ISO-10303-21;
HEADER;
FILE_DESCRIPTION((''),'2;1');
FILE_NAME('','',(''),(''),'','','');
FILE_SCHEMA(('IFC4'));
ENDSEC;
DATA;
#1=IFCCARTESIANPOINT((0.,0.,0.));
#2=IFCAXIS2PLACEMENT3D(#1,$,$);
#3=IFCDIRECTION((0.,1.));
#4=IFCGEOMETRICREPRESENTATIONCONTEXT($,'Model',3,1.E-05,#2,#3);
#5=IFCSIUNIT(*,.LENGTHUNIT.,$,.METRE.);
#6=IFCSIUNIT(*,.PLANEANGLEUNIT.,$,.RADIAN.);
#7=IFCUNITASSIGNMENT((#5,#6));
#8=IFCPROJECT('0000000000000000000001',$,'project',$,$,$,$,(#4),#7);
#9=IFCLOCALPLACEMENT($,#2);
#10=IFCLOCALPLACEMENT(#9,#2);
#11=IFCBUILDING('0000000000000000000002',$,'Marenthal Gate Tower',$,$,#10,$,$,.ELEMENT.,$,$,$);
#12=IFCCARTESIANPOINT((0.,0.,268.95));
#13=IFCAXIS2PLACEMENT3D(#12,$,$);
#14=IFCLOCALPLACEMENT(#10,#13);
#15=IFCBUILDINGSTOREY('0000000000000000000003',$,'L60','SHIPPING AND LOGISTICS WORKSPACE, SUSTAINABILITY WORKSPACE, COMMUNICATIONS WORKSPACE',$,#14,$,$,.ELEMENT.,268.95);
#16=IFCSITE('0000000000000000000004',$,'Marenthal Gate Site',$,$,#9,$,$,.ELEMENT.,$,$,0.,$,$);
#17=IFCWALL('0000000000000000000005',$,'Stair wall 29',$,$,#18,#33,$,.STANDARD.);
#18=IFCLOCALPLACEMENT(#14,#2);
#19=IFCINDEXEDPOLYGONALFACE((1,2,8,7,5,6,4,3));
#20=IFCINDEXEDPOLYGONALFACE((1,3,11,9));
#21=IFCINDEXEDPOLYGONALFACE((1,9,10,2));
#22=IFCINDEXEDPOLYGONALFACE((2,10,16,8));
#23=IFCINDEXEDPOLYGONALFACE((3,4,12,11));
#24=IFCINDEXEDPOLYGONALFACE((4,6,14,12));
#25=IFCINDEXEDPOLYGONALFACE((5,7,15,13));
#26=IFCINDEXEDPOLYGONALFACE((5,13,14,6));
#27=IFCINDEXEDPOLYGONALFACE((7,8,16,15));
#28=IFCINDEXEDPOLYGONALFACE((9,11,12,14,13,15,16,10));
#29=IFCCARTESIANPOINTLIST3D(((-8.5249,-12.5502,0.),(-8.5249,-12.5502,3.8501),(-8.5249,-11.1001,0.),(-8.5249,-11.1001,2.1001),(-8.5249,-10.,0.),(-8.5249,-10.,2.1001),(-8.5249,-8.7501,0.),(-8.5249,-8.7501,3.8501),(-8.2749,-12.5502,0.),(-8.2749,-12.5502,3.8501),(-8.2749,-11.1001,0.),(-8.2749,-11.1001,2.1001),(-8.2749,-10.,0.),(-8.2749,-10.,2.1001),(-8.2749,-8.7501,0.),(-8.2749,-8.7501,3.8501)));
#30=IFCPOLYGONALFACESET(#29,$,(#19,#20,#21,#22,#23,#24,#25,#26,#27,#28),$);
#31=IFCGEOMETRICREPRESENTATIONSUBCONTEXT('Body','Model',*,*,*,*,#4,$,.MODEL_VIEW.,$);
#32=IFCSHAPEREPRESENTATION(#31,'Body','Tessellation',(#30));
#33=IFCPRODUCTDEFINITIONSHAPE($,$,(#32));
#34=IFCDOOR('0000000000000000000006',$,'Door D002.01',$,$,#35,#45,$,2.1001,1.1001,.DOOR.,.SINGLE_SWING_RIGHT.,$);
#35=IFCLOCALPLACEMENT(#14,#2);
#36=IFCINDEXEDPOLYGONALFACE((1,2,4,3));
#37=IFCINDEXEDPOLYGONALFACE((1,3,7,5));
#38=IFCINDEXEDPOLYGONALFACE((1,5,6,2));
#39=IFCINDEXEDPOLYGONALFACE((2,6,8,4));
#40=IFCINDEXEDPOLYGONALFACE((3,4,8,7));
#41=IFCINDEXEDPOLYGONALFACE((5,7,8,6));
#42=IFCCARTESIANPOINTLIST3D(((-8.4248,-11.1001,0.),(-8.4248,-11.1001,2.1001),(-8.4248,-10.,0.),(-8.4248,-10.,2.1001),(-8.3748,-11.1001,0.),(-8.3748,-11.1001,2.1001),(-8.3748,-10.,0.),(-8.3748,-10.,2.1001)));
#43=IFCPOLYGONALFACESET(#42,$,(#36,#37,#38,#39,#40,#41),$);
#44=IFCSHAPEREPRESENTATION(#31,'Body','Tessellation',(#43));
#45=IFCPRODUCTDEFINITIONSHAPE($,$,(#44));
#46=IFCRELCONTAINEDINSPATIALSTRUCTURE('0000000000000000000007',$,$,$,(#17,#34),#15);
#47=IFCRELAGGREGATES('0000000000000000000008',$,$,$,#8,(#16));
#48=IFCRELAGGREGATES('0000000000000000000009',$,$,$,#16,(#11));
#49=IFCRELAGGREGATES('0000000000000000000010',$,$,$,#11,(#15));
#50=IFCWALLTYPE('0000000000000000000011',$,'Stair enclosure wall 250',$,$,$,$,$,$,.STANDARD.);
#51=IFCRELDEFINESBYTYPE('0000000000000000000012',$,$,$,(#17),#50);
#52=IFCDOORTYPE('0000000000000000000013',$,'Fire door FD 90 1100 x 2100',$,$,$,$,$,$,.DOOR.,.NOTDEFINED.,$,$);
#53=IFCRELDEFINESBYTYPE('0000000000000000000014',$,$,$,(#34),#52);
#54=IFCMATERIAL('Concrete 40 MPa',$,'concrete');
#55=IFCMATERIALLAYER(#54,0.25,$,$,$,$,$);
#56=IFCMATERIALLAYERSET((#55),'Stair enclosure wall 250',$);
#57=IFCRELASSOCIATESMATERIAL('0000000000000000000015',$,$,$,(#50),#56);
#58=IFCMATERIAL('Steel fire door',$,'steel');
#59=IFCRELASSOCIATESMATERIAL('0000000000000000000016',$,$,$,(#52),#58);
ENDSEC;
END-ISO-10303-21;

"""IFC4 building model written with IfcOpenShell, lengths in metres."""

from ifc_helpers import new_model, si_unit, direction, frame, frame_2d, origin, place, context, subcontext, project, spatial, rectangle, extrude, material, layer, layer_set, type_object, element, fill, save


model = new_model("IFC4")

# Units and contexts
model_context = context("Model", 3, precision=1e-05, world=origin(), true_north=direction((0.0, 1.0)))
body_context = subcontext(model_context, "Body", "Model", "MODEL_VIEW")
ifc_project = project(units=[si_unit("LENGTHUNIT", "METRE"), si_unit("PLANEANGLEUNIT", "RADIAN")], contexts=[model_context])

# Site, building, storey
site_placement = place(None, origin())
site = spatial("IfcSite", under=ifc_project, at=site_placement, Name="Marenthal Gate Site", CompositionType="ELEMENT", RefElevation=0.0)
building_placement = place(site_placement, origin())
building = spatial("IfcBuilding", under=site, at=building_placement, Name="Marenthal Gate Tower", CompositionType="ELEMENT")
storey_placement = place(building_placement, frame((0.0, 0.0, 268.95)))
storey = spatial("IfcBuildingStorey", under=building, at=storey_placement, Name="L60", Description="SHIPPING AND LOGISTICS WORKSPACE, SUSTAINABILITY WORKSPACE, COMMUNICATIONS WORKSPACE", CompositionType="ELEMENT", Elevation=268.95)

# Shared definitions
ifc_material_1 = material(Name="Concrete 40 MPa", Category="concrete")
ifc_layer_1 = layer(ifc_material_1, 0.25)
ifc_layer_set_1 = layer_set([ifc_layer_1], Name="Stair enclosure wall 250")
wall_type_1 = type_object("IfcWallType", Name="Stair enclosure wall 250", PredefinedType="STANDARD", material=ifc_layer_set_1)

# Wall, opening, door
wall_1_placement = place(storey_placement, frame((-8.3999, -12.55, 0.0), z_axis=(0.0, 0.0, 1.0), x_axis=(0.0, 1.0, 0.0)))
wall_1 = element("IfcWall", 1, at=wall_1_placement, inside=storey, type_object=wall_type_1, Name="Stair wall 29", PredefinedType="STANDARD", context=body_context, shape_type="SweptSolid", body=[
    extrude(rectangle(XDim=3.8, YDim=0.25, at=frame_2d((1.8999, 0.0))), origin(), (0.0, 0.0, 1.0), 3.8501),
])
opening_1_placement = place(wall_1_placement, frame((1.45, 0.0, 0.0)))
opening_1 = element("IfcOpeningElement", 2, at=opening_1_placement, cuts=wall_1, PredefinedType="OPENING", context=body_context, shape_type="SweptSolid", body=[
    extrude(rectangle(XDim=1.1001, YDim=2.1001, at=frame_2d((0.55, 1.05))), frame((0.0, 0.135, 0.0), z_axis=(0.0, -1.0, 0.0), x_axis=(1.0, 0.0, 0.0)), (0.0, 0.0, 1.0), 0.27),
])
ifc_material_2 = material(Name="Steel fire door", Category="steel")
door_type_1 = type_object("IfcDoorType", Name="Fire door FD 90 1100 x 2100", OperationType="NOTDEFINED", PredefinedType="DOOR", material=ifc_material_2)
door_1_placement = place(opening_1_placement, origin())
door_1 = element("IfcDoor", 3, at=door_1_placement, inside=storey, type_object=door_type_1, Name="Door D002.01", OperationType="SINGLE_SWING_RIGHT", OverallHeight=2.1001, OverallWidth=1.1001, PredefinedType="DOOR", context=body_context, shape_type="SweptSolid", body=[
    extrude(rectangle(XDim=1.1001, YDim=2.1001, at=frame_2d((0.55, 1.05))), frame((0.0, 0.0249, 0.0), z_axis=(0.0, -1.0, 0.0), x_axis=(1.0, 0.0, 0.0)), (0.0, 0.0, 1.0), 0.05),
])
fill(opening_1, door_1)

save(model, "model.ifc")
